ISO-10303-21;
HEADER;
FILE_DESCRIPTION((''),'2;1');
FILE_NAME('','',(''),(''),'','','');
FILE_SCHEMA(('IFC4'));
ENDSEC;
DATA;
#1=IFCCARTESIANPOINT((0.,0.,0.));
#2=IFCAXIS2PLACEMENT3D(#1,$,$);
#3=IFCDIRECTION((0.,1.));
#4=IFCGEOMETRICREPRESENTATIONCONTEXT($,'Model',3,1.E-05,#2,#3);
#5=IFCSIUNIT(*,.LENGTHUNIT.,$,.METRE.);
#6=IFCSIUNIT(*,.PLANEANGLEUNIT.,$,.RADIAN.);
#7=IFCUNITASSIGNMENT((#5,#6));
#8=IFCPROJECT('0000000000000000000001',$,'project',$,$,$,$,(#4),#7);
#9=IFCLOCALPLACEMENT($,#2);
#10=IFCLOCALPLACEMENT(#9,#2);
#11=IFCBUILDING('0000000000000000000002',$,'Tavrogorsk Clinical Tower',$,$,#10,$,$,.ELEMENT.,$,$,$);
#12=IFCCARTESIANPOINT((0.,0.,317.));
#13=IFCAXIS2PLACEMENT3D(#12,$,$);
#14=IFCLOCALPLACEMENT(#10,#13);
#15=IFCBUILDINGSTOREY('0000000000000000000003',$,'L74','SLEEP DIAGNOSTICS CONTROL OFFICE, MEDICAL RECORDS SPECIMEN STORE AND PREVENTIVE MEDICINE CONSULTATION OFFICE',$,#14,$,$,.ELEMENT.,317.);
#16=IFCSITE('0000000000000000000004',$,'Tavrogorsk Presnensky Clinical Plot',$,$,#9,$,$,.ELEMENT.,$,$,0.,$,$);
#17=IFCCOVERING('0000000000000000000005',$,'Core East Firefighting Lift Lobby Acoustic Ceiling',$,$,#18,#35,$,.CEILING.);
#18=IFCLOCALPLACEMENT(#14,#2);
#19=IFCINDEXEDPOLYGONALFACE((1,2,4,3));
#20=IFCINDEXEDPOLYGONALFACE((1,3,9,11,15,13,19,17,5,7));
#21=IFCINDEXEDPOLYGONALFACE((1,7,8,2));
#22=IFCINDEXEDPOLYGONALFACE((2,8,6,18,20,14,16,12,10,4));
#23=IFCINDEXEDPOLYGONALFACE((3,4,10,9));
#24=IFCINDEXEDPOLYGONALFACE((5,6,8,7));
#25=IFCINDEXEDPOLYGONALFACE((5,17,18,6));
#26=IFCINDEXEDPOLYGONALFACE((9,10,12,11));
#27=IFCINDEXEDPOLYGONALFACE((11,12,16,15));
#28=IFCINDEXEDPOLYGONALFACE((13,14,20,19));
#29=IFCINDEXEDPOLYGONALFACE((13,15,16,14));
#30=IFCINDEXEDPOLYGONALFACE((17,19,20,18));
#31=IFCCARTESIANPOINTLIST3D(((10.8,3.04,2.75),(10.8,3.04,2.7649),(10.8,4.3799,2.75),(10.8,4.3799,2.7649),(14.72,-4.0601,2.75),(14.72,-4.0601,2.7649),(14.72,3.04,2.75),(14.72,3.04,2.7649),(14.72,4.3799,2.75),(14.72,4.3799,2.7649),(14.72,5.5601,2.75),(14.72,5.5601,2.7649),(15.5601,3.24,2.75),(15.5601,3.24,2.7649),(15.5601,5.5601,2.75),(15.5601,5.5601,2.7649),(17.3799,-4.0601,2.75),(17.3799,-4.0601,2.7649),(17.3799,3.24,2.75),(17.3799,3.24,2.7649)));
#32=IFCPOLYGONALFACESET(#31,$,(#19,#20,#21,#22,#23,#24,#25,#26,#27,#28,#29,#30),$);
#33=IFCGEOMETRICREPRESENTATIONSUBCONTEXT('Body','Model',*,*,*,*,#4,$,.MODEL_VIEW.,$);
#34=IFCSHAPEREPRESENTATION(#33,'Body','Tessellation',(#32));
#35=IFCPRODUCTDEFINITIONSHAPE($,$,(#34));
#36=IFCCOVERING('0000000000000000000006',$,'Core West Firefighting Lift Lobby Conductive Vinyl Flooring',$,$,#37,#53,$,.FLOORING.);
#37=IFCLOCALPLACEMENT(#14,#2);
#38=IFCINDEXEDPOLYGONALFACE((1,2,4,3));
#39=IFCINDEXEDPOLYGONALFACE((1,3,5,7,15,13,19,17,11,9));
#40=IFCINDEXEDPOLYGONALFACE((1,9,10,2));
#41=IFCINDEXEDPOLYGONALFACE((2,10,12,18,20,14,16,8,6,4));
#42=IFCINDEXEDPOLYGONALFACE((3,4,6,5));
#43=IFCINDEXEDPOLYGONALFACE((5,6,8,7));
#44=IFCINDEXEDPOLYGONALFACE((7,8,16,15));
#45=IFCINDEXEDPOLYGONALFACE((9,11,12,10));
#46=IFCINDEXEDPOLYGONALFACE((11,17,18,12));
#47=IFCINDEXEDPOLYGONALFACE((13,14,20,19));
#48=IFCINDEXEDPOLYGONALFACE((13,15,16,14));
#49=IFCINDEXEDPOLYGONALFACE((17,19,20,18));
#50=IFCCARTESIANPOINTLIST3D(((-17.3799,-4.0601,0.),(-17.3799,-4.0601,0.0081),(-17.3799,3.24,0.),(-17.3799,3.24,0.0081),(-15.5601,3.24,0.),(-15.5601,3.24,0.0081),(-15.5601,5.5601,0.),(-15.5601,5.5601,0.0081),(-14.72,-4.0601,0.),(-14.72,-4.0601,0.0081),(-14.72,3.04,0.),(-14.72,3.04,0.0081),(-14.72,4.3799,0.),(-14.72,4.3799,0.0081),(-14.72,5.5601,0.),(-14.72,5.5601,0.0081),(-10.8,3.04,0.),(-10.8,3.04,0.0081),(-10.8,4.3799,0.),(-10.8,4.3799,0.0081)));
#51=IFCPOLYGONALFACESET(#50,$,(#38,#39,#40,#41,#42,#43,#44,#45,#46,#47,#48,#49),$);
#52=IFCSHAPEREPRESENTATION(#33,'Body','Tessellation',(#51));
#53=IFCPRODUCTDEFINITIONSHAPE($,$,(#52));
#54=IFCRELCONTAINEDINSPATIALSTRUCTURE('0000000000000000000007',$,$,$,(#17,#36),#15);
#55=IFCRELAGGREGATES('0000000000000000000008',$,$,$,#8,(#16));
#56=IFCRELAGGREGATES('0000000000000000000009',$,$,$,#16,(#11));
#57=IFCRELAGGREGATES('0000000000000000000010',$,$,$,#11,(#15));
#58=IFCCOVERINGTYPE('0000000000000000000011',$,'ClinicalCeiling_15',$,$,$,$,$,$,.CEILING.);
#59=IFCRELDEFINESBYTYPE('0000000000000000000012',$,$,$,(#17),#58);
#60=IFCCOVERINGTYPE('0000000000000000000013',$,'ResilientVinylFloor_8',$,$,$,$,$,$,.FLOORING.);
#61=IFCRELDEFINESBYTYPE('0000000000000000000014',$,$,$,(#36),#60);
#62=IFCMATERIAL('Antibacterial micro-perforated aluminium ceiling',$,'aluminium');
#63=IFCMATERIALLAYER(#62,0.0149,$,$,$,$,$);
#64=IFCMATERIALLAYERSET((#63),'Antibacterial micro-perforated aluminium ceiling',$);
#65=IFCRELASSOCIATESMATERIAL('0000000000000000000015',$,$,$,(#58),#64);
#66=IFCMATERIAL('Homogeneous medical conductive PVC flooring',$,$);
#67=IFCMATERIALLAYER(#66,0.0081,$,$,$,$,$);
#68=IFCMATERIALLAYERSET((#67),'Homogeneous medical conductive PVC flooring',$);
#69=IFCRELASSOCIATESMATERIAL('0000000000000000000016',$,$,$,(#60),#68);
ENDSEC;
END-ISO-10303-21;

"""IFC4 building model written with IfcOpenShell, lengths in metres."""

from ifc_helpers import new_model, si_unit, direction, frame, origin, place, context, subcontext, project, spatial, polyline, outline, extrude, material, layer, layer_set, type_object, element, save


model = new_model("IFC4")

# Units and contexts
model_context = context("Model", 3, precision=1e-05, world=origin(), true_north=direction((0.0, 1.0)))
body_context = subcontext(model_context, "Body", "Model", "MODEL_VIEW")
ifc_project = project(units=[si_unit("LENGTHUNIT", "METRE"), si_unit("PLANEANGLEUNIT", "RADIAN")], contexts=[model_context])

# Site, building, storey
site_placement = place(None, origin())
site = spatial("IfcSite", under=ifc_project, at=site_placement, Name="Tavrogorsk Presnensky Clinical Plot", CompositionType="ELEMENT", RefElevation=0.0)
building_placement = place(site_placement, origin())
building = spatial("IfcBuilding", under=site, at=building_placement, Name="Tavrogorsk Clinical Tower", CompositionType="ELEMENT")
storey_placement = place(building_placement, frame((0.0, 0.0, 317.0)))
storey = spatial("IfcBuildingStorey", under=building, at=storey_placement, Name="L74", Description="SLEEP DIAGNOSTICS CONTROL OFFICE, MEDICAL RECORDS SPECIMEN STORE AND PREVENTIVE MEDICINE CONSULTATION OFFICE", CompositionType="ELEMENT", Elevation=317.0)

# Coverings
ifc_material_1 = material(Name="Antibacterial micro-perforated aluminium ceiling", Category="aluminium")
ifc_layer_1 = layer(ifc_material_1, 0.0149)
ifc_layer_set_1 = layer_set([ifc_layer_1], Name="Antibacterial micro-perforated aluminium ceiling")
covering_type_1 = type_object("IfcCoveringType", Name="ClinicalCeiling_15", PredefinedType="CEILING", material=ifc_layer_set_1)
covering_1_placement = place(storey_placement, frame((0.0, 0.0, 2.75)))
element("IfcCovering", 1, at=covering_1_placement, inside=storey, type_object=covering_type_1, Name="Core East Firefighting Lift Lobby Acoustic Ceiling", PredefinedType="CEILING", context=body_context, shape_type="SweptSolid", body=[
    extrude(outline(polyline([(14.72, -4.0601), (14.72, 3.04), (10.8, 3.04), (10.8, 4.3799), (14.72, 4.3799), (14.72, 5.5601), (15.5601, 5.5601), (15.5601, 3.24), (17.3799, 3.24), (17.3799, -4.0601), (14.72, -4.0601)])), origin(), (0.0, 0.0, 1.0), 0.0149),
])
ifc_material_2 = material(Name="Homogeneous medical conductive PVC flooring")
ifc_layer_2 = layer(ifc_material_2, 0.0081)
ifc_layer_set_2 = layer_set([ifc_layer_2], Name="Homogeneous medical conductive PVC flooring")
covering_type_2 = type_object("IfcCoveringType", Name="ResilientVinylFloor_8", PredefinedType="FLOORING", material=ifc_layer_set_2)
covering_2_placement = place(storey_placement, origin())
element("IfcCovering", 2, at=covering_2_placement, inside=storey, type_object=covering_type_2, Name="Core West Firefighting Lift Lobby Conductive Vinyl Flooring", PredefinedType="FLOORING", context=body_context, shape_type="SweptSolid", body=[
    extrude(outline(polyline([(-14.72, 4.3799), (-10.8, 4.3799), (-10.8, 3.04), (-14.72, 3.04), (-14.72, -4.0601), (-17.3799, -4.0601), (-17.3799, 3.24), (-15.5601, 3.24), (-15.5601, 5.5601), (-14.72, 5.5601), (-14.72, 4.3799)])), origin(), (0.0, 0.0, 1.0), 0.0081),
])

save(model, "model.ifc")
